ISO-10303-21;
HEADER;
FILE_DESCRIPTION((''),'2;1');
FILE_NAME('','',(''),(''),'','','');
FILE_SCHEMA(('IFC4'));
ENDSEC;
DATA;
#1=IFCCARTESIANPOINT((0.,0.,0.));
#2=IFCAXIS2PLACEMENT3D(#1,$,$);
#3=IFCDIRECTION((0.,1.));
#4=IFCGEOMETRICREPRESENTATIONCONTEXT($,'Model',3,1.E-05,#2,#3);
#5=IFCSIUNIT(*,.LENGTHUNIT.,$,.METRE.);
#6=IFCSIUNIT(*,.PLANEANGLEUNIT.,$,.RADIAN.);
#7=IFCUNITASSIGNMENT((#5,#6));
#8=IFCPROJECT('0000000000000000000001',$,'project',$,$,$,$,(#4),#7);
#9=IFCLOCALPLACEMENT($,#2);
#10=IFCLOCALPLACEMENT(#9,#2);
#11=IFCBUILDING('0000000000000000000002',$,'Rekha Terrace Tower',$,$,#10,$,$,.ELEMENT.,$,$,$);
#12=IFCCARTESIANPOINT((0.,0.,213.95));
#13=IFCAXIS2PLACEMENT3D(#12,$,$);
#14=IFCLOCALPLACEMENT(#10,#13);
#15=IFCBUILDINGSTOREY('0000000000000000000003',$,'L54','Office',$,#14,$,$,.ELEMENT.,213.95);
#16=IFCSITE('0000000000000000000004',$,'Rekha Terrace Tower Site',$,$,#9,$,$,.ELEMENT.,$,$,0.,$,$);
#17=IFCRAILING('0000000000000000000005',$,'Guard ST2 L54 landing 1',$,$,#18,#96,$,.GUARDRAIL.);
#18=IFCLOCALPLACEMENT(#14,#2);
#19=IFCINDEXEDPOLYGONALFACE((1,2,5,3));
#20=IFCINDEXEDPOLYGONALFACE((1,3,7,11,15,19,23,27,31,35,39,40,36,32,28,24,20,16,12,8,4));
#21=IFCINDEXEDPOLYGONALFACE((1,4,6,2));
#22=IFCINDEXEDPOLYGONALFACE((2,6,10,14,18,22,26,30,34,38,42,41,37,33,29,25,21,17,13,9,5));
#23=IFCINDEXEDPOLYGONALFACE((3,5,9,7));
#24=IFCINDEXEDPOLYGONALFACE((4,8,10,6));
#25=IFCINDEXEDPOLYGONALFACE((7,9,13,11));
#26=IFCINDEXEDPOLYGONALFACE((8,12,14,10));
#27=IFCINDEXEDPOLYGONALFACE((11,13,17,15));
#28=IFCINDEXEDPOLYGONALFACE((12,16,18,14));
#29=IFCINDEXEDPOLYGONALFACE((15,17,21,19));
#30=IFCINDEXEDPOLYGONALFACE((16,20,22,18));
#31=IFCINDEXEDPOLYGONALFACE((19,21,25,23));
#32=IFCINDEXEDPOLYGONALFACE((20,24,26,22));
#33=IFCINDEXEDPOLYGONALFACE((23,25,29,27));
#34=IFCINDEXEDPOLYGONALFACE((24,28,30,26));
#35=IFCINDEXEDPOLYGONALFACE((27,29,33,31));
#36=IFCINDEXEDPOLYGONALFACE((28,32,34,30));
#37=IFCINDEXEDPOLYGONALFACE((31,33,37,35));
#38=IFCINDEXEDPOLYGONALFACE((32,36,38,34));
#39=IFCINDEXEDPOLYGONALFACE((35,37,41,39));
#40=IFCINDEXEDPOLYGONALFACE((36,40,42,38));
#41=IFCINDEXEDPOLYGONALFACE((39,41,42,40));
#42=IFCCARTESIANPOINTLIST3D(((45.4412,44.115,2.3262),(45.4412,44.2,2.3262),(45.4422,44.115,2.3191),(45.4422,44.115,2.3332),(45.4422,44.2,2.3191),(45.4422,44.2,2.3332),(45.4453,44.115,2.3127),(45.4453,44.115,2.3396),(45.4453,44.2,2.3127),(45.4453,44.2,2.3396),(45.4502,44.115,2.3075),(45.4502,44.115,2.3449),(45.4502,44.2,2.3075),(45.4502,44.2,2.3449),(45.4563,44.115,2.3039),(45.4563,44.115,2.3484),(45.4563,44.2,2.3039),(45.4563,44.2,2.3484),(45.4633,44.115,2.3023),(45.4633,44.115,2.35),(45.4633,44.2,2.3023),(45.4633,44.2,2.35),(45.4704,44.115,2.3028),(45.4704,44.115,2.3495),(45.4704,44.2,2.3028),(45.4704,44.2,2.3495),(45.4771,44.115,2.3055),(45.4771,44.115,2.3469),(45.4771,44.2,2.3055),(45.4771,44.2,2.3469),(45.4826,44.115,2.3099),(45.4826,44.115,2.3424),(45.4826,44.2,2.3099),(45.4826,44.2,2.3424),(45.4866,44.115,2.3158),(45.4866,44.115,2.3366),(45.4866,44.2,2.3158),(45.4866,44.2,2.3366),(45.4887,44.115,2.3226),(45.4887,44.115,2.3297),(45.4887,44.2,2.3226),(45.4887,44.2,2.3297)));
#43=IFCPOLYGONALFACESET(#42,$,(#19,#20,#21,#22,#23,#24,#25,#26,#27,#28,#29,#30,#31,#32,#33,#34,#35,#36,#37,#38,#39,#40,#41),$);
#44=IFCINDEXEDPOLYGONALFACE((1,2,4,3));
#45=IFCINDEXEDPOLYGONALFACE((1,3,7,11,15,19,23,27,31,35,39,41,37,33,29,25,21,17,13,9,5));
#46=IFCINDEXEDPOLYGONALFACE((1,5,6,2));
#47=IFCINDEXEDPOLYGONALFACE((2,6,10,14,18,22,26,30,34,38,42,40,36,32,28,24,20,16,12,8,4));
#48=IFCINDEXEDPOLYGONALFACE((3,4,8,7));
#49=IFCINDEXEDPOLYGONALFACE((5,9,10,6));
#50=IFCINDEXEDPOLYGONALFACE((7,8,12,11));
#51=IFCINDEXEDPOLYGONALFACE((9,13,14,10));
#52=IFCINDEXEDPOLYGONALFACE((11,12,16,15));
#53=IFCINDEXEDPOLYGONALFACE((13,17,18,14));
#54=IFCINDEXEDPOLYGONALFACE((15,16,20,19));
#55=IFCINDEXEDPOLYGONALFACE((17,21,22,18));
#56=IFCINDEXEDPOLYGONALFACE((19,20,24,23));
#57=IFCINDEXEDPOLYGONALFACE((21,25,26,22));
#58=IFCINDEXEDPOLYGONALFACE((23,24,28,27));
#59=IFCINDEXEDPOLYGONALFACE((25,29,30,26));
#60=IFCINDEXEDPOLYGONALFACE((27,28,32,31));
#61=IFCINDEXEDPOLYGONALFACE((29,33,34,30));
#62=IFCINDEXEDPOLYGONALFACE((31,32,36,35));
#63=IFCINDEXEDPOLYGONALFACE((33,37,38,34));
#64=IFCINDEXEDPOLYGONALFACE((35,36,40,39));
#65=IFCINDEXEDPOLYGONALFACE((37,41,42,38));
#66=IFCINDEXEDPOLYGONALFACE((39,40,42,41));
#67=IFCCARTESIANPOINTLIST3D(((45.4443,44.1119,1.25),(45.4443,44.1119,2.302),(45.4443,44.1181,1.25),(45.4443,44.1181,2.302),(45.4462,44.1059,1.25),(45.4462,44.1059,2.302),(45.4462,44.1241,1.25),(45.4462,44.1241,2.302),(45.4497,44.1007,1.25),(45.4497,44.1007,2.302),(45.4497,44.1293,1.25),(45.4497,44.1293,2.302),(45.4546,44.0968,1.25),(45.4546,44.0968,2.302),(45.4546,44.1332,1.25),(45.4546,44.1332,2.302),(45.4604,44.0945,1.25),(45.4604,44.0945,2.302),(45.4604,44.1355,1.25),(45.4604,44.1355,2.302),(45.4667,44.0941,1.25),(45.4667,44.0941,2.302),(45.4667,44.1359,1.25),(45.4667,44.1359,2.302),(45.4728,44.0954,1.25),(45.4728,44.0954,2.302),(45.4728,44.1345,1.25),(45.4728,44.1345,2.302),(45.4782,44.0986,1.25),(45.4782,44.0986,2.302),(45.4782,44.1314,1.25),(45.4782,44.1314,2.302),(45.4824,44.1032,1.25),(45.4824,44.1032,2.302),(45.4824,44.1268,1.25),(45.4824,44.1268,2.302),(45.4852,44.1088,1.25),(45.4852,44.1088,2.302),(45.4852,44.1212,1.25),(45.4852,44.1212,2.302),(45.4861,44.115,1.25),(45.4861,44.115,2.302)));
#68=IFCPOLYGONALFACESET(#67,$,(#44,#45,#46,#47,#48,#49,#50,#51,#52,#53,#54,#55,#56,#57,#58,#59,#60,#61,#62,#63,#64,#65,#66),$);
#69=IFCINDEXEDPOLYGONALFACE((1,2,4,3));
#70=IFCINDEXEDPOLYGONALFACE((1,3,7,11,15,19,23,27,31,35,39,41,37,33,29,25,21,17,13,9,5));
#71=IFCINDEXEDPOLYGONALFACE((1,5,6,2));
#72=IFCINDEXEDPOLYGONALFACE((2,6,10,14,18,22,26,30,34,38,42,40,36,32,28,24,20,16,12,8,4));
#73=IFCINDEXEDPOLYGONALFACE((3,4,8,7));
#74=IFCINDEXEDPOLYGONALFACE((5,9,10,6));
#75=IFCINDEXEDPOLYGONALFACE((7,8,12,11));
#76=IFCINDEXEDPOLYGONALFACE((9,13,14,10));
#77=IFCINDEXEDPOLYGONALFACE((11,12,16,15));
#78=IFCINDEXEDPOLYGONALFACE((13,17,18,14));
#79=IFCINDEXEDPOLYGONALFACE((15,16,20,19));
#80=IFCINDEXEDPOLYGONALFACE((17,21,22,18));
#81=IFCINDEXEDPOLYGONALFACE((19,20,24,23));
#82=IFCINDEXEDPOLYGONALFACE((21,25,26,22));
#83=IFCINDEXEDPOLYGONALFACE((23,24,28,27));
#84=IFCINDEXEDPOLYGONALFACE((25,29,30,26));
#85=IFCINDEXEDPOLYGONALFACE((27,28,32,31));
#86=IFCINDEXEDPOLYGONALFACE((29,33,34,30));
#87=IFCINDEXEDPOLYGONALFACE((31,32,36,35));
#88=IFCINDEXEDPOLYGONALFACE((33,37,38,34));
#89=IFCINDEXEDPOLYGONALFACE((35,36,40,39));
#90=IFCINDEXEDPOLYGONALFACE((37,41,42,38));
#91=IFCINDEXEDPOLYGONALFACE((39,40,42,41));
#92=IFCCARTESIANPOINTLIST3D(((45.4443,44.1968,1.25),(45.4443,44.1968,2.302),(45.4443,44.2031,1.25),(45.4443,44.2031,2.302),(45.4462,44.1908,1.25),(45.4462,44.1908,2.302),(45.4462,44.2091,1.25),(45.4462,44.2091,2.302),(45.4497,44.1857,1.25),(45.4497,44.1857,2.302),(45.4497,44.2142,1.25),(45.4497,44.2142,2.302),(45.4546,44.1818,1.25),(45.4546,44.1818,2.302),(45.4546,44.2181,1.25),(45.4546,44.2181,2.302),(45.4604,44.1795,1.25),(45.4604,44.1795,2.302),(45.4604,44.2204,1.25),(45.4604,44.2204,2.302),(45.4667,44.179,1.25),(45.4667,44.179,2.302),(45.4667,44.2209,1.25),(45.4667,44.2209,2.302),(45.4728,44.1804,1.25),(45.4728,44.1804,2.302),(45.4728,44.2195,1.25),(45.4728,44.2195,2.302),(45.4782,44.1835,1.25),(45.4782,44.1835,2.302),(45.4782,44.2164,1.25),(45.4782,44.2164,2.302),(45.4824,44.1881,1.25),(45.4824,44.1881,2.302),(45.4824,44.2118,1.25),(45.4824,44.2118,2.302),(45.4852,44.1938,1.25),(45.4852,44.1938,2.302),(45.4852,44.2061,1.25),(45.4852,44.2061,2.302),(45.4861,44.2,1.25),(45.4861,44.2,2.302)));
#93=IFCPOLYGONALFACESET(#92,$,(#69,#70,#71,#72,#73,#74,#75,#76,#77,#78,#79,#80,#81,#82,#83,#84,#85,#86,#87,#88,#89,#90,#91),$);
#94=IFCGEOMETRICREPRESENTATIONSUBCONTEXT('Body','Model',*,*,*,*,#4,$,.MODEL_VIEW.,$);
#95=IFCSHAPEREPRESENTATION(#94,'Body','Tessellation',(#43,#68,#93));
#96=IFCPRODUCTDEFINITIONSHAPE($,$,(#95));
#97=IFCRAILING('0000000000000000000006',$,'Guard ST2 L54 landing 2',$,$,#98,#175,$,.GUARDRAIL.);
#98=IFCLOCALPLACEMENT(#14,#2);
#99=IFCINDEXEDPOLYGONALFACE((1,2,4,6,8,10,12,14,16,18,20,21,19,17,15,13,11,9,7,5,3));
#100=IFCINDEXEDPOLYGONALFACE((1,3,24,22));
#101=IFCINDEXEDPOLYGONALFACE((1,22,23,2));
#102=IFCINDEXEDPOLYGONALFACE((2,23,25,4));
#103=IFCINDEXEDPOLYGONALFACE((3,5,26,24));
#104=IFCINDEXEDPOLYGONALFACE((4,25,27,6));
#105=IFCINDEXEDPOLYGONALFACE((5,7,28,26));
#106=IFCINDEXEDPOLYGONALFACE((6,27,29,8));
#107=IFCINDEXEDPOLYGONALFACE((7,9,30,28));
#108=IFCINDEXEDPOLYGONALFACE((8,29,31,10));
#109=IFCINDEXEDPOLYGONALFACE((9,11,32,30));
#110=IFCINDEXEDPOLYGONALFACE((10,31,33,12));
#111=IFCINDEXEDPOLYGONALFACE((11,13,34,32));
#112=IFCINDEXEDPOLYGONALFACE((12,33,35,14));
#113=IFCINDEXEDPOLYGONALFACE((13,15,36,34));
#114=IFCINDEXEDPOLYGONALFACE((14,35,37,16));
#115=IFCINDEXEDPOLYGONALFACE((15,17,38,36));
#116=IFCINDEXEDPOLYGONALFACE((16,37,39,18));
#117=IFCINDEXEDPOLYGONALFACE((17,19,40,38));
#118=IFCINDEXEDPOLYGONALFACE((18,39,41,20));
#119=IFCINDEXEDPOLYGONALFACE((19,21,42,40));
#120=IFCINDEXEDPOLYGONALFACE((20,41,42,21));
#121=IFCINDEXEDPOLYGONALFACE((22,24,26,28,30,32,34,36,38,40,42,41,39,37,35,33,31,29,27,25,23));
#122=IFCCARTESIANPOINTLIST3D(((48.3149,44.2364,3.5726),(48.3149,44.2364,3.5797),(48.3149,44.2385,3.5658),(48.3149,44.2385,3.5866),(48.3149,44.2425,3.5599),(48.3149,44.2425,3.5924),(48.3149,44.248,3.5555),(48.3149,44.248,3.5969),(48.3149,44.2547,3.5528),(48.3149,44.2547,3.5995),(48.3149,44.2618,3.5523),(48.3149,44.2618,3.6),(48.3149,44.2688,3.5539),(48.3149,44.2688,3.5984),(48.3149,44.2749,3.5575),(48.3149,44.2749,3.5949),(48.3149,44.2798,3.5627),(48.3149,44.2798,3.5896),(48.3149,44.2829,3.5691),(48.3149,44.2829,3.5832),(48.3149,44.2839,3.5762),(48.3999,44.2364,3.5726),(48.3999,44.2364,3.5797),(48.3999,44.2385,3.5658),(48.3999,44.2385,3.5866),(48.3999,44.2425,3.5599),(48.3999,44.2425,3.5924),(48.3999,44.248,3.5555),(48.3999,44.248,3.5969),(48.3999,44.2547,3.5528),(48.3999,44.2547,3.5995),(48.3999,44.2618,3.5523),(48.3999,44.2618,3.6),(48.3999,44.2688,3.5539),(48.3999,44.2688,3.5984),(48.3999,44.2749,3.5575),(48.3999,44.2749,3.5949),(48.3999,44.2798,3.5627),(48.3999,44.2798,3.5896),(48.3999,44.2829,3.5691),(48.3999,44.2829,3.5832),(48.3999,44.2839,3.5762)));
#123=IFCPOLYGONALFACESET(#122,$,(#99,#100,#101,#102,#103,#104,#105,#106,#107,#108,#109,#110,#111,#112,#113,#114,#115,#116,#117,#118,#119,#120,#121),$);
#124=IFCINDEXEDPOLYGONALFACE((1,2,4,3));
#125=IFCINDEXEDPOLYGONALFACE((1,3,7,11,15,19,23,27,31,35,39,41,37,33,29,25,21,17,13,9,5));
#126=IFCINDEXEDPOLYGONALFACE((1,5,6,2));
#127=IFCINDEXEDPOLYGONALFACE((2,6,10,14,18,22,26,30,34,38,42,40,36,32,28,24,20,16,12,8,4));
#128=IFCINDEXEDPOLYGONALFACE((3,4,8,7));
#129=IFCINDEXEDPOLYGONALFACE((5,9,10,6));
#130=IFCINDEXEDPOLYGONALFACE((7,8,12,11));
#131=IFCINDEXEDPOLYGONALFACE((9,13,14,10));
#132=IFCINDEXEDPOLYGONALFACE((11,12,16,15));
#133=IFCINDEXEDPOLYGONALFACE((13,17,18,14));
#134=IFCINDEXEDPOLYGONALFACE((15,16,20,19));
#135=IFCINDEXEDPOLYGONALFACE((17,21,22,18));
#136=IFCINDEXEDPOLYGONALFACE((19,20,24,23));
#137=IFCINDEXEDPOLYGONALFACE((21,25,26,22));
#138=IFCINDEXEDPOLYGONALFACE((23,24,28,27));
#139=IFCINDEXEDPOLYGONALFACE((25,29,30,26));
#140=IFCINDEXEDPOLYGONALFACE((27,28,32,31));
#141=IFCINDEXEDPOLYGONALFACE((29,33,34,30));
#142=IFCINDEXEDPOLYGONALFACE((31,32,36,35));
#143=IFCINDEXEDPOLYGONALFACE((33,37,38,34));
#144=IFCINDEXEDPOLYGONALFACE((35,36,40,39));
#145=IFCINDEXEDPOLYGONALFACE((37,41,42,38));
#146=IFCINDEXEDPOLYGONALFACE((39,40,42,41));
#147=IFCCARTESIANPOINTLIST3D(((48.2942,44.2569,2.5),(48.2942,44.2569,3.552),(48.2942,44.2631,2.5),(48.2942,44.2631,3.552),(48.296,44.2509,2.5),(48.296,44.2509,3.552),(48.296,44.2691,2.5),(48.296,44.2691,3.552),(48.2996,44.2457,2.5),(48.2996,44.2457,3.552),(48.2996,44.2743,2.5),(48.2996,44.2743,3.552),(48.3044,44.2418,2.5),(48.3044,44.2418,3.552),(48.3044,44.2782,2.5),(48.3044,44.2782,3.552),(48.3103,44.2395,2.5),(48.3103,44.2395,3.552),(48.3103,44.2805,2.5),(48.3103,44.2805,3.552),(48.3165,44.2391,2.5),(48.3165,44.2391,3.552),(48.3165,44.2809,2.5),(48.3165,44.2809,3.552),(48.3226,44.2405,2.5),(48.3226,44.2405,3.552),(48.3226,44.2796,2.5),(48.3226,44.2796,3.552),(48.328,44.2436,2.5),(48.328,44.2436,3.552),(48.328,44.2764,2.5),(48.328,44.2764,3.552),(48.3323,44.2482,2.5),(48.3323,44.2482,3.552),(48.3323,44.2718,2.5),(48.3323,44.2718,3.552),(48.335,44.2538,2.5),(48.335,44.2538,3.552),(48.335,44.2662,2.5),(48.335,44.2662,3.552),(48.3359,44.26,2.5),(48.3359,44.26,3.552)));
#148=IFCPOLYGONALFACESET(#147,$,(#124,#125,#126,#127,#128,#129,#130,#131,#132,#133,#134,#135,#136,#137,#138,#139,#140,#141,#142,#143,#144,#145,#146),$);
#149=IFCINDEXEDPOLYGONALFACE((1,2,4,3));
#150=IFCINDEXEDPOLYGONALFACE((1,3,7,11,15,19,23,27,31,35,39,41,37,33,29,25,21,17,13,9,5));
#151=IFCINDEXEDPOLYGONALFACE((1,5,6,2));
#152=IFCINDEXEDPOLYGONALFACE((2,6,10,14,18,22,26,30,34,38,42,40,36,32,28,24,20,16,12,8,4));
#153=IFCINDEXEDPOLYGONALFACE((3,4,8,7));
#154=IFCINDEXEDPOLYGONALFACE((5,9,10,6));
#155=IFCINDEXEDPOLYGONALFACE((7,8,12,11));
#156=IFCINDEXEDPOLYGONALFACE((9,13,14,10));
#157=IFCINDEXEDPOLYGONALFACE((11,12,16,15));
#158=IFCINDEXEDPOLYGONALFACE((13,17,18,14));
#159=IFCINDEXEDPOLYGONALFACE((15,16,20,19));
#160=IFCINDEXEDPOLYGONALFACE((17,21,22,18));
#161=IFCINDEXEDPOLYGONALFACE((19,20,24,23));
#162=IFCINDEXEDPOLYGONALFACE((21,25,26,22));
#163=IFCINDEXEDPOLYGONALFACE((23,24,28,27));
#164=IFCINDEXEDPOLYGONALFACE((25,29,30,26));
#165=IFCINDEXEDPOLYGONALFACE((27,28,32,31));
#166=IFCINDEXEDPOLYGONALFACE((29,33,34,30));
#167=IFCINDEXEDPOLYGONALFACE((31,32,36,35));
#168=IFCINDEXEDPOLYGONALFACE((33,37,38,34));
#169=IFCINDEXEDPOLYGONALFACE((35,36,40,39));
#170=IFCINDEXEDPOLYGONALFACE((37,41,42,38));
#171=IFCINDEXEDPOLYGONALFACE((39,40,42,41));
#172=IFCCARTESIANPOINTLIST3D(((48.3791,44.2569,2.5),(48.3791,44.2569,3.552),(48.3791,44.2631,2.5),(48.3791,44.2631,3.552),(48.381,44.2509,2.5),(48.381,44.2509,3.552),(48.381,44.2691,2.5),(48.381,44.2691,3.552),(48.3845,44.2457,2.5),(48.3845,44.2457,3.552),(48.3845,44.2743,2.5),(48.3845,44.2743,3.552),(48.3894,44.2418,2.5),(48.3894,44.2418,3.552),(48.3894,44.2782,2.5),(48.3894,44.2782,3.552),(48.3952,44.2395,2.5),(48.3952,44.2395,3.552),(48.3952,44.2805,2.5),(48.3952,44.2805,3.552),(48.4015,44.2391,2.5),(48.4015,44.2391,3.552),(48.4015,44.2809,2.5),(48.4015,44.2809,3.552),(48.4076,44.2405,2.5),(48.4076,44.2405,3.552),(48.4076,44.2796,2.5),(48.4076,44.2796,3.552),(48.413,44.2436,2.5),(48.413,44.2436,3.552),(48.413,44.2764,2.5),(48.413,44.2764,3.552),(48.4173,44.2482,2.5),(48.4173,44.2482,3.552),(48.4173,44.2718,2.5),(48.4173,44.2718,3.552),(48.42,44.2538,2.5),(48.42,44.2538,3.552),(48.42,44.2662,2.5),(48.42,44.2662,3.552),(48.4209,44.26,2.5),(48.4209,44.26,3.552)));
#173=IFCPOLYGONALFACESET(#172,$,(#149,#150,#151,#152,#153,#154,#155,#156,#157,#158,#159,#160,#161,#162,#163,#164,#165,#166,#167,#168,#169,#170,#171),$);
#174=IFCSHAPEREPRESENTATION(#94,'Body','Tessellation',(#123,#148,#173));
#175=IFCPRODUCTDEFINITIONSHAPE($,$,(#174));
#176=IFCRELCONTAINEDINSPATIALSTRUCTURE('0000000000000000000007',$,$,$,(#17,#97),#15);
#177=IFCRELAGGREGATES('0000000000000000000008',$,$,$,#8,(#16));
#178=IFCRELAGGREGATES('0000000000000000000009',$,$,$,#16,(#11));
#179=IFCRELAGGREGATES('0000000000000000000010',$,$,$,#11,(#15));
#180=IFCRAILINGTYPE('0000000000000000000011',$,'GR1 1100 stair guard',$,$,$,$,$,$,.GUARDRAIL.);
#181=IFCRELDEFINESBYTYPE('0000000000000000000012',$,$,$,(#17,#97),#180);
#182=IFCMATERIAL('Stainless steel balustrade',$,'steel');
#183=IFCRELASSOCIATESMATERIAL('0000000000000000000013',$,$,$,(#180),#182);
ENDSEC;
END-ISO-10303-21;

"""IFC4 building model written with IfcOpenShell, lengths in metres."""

from ifc_helpers import new_model, si_unit, direction, frame, origin, origin_2d, place, context, subcontext, project, spatial, circle, extrude, material, type_object, element, save


model = new_model("IFC4")

# Units and contexts
model_context = context("Model", 3, precision=1e-05, world=origin(), true_north=direction((0.0, 1.0)))
body_context = subcontext(model_context, "Body", "Model", "MODEL_VIEW")
ifc_project = project(units=[si_unit("LENGTHUNIT", "METRE"), si_unit("PLANEANGLEUNIT", "RADIAN")], contexts=[model_context])

# Site, building, storey
site_placement = place(None, origin())
site = spatial("IfcSite", under=ifc_project, at=site_placement, Name="Rekha Terrace Tower Site", CompositionType="ELEMENT", RefElevation=0.0)
building_placement = place(site_placement, origin())
building = spatial("IfcBuilding", under=site, at=building_placement, Name="Rekha Terrace Tower", CompositionType="ELEMENT")
storey_placement = place(building_placement, frame((0.0, 0.0, 213.95)))
storey = spatial("IfcBuildingStorey", under=building, at=storey_placement, Name="L54", Description="Office", CompositionType="ELEMENT", Elevation=213.95)

# Railings
ifc_material_1 = material(Name="Stainless steel balustrade", Category="steel")
railing_type_1 = type_object("IfcRailingType", Name="GR1 1100 stair guard", PredefinedType="GUARDRAIL", material=ifc_material_1)
railing_1_placement = place(storey_placement, frame((45.4651, 44.115, 1.25)))
element("IfcRailing", 1, at=railing_1_placement, inside=storey, type_object=railing_type_1, Name="Guard ST2 L54 landing 1", PredefinedType="GUARDRAIL", context=body_context, shape_type="SweptSolid", body=[
    extrude(circle(Radius=0.0239, at=origin_2d()), frame((0.0, 0.0, 1.0762), z_axis=(0.0, 1.0, 0.0), x_axis=(-1.0, 0.0, 0.0)), (0.0, 0.0, 1.0), 0.085),
    extrude(circle(Radius=0.021, at=origin_2d()), origin(), (0.0, 0.0, 1.0), 1.052),
    extrude(circle(Radius=0.021, at=origin_2d()), frame((0.0, 0.085, 0.0)), (0.0, 0.0, 1.0), 1.052),
])
railing_2_placement = place(storey_placement, frame((48.3149, 44.26, 2.5)))
element("IfcRailing", 2, at=railing_2_placement, inside=storey, type_object=railing_type_1, Name="Guard ST2 L54 landing 2", PredefinedType="GUARDRAIL", context=body_context, shape_type="SweptSolid", body=[
    extrude(circle(Radius=0.0239, at=origin_2d()), frame((0.0, 0.0, 1.0762), z_axis=(1.0, 0.0, 0.0), x_axis=(0.0, 1.0, 0.0)), (0.0, 0.0, 1.0), 0.085),
    extrude(circle(Radius=0.021, at=origin_2d()), origin(), (0.0, 0.0, 1.0), 1.052),
    extrude(circle(Radius=0.021, at=origin_2d()), frame((0.085, 0.0, 0.0)), (0.0, 0.0, 1.0), 1.052),
])

save(model, "model.ifc")
